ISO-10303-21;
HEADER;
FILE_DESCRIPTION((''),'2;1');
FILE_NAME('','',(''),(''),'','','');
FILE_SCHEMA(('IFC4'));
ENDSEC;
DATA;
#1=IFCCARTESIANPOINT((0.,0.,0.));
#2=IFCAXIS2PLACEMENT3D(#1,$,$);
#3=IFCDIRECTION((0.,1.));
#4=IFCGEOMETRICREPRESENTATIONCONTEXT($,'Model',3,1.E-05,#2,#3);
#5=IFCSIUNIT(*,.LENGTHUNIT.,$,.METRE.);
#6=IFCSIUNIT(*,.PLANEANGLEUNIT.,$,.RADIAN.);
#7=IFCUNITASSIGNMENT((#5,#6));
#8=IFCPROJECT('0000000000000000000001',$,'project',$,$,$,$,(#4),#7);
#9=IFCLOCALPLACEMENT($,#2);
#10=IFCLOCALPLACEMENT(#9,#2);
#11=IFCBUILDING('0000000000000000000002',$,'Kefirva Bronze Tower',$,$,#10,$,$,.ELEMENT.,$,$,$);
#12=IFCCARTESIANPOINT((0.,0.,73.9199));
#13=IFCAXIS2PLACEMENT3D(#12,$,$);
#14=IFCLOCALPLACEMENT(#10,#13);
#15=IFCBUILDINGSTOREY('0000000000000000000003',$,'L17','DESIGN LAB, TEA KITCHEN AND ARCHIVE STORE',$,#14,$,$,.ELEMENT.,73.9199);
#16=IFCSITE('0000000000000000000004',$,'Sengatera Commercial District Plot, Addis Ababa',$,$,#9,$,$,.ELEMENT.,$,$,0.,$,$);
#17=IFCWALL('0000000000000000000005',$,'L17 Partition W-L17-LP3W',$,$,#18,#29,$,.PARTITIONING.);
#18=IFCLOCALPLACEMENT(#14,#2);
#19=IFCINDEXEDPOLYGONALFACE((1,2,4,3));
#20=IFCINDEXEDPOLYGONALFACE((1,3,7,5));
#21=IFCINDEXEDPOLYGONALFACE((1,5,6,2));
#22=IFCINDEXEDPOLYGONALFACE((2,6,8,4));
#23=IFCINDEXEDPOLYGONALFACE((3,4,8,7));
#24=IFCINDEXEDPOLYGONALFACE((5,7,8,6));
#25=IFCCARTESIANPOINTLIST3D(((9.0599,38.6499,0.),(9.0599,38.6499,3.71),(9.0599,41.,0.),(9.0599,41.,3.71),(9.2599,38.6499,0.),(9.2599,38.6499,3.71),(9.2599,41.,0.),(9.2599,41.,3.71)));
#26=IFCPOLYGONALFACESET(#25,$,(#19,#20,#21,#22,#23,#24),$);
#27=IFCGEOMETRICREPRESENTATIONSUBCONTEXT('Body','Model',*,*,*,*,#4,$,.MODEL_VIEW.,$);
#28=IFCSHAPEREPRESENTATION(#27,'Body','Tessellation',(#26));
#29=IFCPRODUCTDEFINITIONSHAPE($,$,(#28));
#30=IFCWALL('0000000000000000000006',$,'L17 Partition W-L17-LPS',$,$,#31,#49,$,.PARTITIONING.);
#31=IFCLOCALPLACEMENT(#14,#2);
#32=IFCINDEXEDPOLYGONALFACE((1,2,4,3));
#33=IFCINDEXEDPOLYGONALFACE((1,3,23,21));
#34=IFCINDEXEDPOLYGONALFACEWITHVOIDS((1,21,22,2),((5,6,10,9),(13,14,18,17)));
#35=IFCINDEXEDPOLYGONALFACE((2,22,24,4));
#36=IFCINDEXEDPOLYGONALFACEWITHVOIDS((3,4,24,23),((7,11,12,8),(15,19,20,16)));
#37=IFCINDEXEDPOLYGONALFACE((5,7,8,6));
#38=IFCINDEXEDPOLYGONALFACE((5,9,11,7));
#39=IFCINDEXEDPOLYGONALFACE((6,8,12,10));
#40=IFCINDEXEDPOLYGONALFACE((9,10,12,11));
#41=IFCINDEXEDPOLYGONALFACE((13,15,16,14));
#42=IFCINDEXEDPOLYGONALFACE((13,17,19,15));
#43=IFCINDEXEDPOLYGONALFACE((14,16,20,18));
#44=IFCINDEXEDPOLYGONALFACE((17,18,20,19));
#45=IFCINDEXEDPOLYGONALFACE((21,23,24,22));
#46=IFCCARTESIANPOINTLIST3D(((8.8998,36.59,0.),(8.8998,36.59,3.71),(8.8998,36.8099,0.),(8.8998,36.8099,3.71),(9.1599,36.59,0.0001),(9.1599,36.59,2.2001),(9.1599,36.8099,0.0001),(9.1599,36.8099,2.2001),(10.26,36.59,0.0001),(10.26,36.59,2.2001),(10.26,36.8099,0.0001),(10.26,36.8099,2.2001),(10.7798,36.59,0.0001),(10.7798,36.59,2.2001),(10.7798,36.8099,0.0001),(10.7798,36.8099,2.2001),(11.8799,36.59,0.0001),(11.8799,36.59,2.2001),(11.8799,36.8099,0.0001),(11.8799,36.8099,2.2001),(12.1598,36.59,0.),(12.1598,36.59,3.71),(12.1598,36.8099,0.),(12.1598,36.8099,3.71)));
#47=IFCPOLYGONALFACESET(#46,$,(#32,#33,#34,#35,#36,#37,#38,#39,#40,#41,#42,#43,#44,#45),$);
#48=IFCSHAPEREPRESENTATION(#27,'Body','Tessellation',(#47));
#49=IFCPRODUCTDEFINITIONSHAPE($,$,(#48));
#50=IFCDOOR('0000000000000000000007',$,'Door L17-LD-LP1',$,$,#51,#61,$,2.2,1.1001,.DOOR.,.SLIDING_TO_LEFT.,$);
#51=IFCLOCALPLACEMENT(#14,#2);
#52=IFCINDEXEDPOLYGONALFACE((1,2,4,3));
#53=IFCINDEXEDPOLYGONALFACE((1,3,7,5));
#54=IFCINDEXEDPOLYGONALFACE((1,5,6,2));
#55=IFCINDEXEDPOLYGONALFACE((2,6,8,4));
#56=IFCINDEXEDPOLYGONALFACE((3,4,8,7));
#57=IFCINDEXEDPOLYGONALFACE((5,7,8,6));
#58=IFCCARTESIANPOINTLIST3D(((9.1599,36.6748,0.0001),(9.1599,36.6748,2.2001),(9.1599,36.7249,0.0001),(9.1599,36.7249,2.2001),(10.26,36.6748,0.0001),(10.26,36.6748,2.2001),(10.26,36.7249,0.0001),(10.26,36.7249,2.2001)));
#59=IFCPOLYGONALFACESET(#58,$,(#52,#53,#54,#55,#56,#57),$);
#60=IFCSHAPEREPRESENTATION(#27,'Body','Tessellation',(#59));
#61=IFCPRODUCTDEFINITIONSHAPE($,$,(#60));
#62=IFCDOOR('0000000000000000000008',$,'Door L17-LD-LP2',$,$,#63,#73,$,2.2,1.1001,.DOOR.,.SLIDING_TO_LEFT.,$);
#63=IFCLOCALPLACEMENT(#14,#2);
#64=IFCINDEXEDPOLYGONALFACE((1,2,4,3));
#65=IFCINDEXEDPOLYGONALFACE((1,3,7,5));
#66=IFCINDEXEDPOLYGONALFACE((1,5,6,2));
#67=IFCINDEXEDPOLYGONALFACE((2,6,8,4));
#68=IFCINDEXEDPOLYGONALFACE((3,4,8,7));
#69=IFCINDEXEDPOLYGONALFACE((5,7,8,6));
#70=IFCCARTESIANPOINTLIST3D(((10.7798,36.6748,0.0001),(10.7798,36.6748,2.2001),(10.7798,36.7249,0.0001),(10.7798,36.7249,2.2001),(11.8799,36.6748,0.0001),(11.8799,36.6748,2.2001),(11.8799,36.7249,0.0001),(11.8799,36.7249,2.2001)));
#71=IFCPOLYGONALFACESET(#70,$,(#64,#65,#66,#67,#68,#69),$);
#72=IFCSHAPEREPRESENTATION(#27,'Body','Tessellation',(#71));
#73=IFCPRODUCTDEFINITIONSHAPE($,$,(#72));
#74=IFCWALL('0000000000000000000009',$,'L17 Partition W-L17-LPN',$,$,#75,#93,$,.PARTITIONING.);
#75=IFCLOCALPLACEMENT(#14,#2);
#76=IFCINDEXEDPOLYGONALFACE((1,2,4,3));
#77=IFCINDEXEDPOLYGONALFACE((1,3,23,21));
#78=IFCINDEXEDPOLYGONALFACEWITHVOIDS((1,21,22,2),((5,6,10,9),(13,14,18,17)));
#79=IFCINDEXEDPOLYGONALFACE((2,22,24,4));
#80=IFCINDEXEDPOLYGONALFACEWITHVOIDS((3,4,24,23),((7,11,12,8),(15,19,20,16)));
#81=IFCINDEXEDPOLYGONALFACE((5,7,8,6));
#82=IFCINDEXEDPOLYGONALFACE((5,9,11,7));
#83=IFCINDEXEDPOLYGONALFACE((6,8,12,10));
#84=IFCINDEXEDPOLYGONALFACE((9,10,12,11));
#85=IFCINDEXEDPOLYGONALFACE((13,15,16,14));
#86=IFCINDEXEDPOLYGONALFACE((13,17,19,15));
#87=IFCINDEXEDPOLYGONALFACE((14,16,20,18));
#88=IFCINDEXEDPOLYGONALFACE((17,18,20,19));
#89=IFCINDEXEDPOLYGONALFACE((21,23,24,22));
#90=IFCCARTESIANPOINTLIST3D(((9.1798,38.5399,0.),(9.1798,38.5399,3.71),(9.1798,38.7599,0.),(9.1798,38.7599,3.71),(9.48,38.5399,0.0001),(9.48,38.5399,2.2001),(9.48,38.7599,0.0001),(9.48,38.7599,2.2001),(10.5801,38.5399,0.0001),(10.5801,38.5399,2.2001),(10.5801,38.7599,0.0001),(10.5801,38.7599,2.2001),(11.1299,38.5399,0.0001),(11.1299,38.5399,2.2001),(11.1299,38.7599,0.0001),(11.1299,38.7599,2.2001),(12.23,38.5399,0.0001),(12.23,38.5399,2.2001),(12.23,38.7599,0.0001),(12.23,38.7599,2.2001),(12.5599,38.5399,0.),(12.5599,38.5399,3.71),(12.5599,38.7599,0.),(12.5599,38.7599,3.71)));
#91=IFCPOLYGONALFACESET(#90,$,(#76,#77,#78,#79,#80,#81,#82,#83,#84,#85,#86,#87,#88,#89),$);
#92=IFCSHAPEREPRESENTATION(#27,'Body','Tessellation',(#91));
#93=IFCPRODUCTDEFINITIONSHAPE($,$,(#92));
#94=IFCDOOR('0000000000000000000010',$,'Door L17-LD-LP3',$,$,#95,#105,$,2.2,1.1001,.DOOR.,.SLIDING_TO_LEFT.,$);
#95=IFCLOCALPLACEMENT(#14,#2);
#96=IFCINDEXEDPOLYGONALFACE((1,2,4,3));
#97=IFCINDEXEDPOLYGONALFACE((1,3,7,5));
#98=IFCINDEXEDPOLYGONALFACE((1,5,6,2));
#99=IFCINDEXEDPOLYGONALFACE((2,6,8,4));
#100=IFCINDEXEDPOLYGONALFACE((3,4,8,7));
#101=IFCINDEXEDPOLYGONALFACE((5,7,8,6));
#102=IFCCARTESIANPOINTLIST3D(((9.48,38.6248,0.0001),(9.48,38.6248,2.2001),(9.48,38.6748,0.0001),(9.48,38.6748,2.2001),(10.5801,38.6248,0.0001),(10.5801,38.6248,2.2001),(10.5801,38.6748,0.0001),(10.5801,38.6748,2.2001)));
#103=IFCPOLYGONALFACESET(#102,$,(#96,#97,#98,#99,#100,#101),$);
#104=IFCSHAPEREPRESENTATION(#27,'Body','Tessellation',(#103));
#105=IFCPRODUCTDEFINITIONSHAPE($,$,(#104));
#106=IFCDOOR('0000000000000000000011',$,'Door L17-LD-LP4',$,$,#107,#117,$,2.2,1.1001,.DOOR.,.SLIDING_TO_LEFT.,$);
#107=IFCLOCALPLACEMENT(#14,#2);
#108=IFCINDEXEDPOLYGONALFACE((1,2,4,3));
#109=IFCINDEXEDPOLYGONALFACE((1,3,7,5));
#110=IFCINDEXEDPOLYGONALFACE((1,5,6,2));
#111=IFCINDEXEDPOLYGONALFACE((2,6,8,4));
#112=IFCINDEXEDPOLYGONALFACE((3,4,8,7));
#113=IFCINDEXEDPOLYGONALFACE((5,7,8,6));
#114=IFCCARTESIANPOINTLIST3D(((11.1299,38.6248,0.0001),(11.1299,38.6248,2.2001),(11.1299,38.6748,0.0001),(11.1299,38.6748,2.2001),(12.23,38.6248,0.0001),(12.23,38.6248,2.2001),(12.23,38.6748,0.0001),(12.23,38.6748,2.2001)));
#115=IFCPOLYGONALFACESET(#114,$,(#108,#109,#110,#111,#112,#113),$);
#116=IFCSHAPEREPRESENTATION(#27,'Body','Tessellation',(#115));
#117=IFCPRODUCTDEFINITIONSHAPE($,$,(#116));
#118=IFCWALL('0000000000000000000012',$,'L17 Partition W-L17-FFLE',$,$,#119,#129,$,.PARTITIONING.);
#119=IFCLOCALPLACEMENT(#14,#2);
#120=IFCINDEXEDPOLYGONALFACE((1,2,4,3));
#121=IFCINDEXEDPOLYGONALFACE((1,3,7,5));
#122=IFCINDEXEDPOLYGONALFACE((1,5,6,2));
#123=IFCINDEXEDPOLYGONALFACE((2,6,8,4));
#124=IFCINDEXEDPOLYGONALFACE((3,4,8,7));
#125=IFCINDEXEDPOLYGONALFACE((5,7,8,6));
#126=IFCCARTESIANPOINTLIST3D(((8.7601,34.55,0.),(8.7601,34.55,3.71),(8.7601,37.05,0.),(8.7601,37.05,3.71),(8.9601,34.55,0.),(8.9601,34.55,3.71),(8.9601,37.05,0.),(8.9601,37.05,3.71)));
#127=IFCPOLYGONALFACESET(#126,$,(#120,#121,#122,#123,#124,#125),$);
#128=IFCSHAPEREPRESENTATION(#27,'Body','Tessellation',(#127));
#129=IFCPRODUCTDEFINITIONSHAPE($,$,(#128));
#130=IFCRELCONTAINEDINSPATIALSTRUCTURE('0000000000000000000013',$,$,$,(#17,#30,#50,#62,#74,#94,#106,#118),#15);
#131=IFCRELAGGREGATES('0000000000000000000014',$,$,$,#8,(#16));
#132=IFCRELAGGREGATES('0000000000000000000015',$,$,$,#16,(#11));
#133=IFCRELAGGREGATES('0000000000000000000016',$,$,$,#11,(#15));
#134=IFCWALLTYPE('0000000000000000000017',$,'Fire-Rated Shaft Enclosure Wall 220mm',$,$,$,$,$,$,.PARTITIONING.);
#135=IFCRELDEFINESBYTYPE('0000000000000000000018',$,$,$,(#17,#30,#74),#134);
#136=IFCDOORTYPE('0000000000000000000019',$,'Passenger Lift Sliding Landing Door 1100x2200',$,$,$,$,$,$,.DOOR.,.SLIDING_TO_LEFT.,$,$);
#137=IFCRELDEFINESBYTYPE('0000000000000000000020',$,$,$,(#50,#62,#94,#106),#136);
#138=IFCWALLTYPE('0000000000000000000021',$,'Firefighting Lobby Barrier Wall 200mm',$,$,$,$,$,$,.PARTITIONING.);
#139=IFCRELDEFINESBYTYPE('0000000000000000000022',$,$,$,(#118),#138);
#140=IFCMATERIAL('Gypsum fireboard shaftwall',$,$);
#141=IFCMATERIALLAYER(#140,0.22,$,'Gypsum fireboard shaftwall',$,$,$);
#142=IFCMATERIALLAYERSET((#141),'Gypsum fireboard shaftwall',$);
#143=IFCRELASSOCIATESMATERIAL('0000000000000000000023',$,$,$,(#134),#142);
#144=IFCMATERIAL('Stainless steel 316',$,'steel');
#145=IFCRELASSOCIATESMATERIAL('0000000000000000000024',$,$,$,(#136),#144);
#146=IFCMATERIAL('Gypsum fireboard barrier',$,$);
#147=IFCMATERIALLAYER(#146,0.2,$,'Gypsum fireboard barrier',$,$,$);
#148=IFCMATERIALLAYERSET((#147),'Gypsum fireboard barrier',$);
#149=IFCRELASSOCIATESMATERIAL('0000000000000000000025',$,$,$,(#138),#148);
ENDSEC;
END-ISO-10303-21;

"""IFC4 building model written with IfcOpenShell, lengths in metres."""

from ifc_helpers import new_model, si_unit, direction, frame, frame_2d, origin, place, context, subcontext, project, spatial, rectangle, extrude, material, layer, layer_set, type_object, element, fill, save


model = new_model("IFC4")

# Units and contexts
model_context = context("Model", 3, precision=1e-05, world=origin(), true_north=direction((0.0, 1.0)))
body_context = subcontext(model_context, "Body", "Model", "MODEL_VIEW")
ifc_project = project(units=[si_unit("LENGTHUNIT", "METRE"), si_unit("PLANEANGLEUNIT", "RADIAN")], contexts=[model_context])

# Site, building, storey
site_placement = place(None, origin())
site = spatial("IfcSite", under=ifc_project, at=site_placement, Name="Sengatera Commercial District Plot, Addis Ababa", CompositionType="ELEMENT", RefElevation=0.0)
building_placement = place(site_placement, origin())
building = spatial("IfcBuilding", under=site, at=building_placement, Name="Kefirva Bronze Tower", CompositionType="ELEMENT")
storey_placement = place(building_placement, frame((0.0, 0.0, 73.9199)))
storey = spatial("IfcBuildingStorey", under=building, at=storey_placement, Name="L17", Description="DESIGN LAB, TEA KITCHEN AND ARCHIVE STORE", CompositionType="ELEMENT", Elevation=73.9199)

# Shared definitions
ifc_material_1 = material(Name="Gypsum fireboard shaftwall")
ifc_layer_1 = layer(ifc_material_1, 0.22, Name="Gypsum fireboard shaftwall")
ifc_layer_set_1 = layer_set([ifc_layer_1], Name="Gypsum fireboard shaftwall")
wall_type_1 = type_object("IfcWallType", Name="Fire-Rated Shaft Enclosure Wall 220mm", PredefinedType="PARTITIONING", material=ifc_layer_set_1)
ifc_material_2 = material(Name="Stainless steel 316", Category="steel")

# Wall
wall_1_placement = place(storey_placement, frame((9.1599, 38.6499, 0.0), z_axis=(0.0, 0.0, 1.0), x_axis=(0.0, 1.0, 0.0)))
element("IfcWall", 1, at=wall_1_placement, inside=storey, type_object=wall_type_1, Name="L17 Partition W-L17-LP3W", PredefinedType="PARTITIONING", context=body_context, shape_type="SweptSolid", body=[
    extrude(rectangle(XDim=2.3501, YDim=0.2, at=frame_2d((1.175, 0.0))), origin(), (0.0, 0.0, 1.0), 3.71),
])

# Walls, openings, doors
wall_2_placement = place(storey_placement, frame((8.8999, 36.7, 0.0), z_axis=(0.0, 0.0, 1.0), x_axis=(1.0, 0.0, 0.0)))
wall_2 = element("IfcWall", 2, at=wall_2_placement, inside=storey, type_object=wall_type_1, Name="L17 Partition W-L17-LPS", PredefinedType="PARTITIONING", context=body_context, shape_type="SweptSolid", body=[
    extrude(rectangle(XDim=3.26, YDim=0.22, at=frame_2d((1.6299, 0.0))), origin(), (0.0, 0.0, 1.0), 3.71),
])
opening_1_placement = place(wall_2_placement, frame((0.26, 0.0, 0.0)))
opening_1 = element("IfcOpeningElement", 3, at=opening_1_placement, cuts=wall_2, PredefinedType="OPENING", context=body_context, shape_type="SweptSolid", body=[
    extrude(rectangle(XDim=1.1001, YDim=2.2, at=frame_2d((0.55, 1.1001))), frame((0.0, 0.1201, 0.0), z_axis=(0.0, -1.0, 0.0), x_axis=(1.0, 0.0, 0.0)), (0.0, 0.0, 1.0), 0.24),
])
opening_2_placement = place(wall_2_placement, frame((1.8799, 0.0, 0.0)))
opening_2 = element("IfcOpeningElement", 4, at=opening_2_placement, cuts=wall_2, PredefinedType="OPENING", context=body_context, shape_type="SweptSolid", body=[
    extrude(rectangle(XDim=1.1001, YDim=2.2, at=frame_2d((0.55, 1.1001))), frame((0.0, 0.1201, 0.0), z_axis=(0.0, -1.0, 0.0), x_axis=(1.0, 0.0, 0.0)), (0.0, 0.0, 1.0), 0.24),
])
door_type_1 = type_object("IfcDoorType", Name="Passenger Lift Sliding Landing Door 1100x2200", OperationType="SLIDING_TO_LEFT", PredefinedType="DOOR", material=ifc_material_2)
door_1_placement = place(opening_1_placement, origin())
door_1 = element("IfcDoor", 5, at=door_1_placement, inside=storey, type_object=door_type_1, Name="Door L17-LD-LP1", OperationType="SLIDING_TO_LEFT", OverallHeight=2.2, OverallWidth=1.1001, PredefinedType="DOOR", context=body_context, shape_type="SweptSolid", body=[
    extrude(rectangle(XDim=1.1001, YDim=2.2, at=frame_2d((0.55, 1.1001))), frame((0.0, 0.0249, 0.0), z_axis=(0.0, -1.0, 0.0), x_axis=(1.0, 0.0, 0.0)), (0.0, 0.0, 1.0), 0.05),
])
fill(opening_1, door_1)
door_2_placement = place(opening_2_placement, origin())
door_2 = element("IfcDoor", 6, at=door_2_placement, inside=storey, type_object=door_type_1, Name="Door L17-LD-LP2", OperationType="SLIDING_TO_LEFT", OverallHeight=2.2, OverallWidth=1.1001, PredefinedType="DOOR", context=body_context, shape_type="SweptSolid", body=[
    extrude(rectangle(XDim=1.1001, YDim=2.2, at=frame_2d((0.55, 1.1001))), frame((0.0, 0.0249, 0.0), z_axis=(0.0, -1.0, 0.0), x_axis=(1.0, 0.0, 0.0)), (0.0, 0.0, 1.0), 0.05),
])
fill(opening_2, door_2)
wall_3_placement = place(storey_placement, frame((9.1799, 38.6499, 0.0), z_axis=(0.0, 0.0, 1.0), x_axis=(1.0, 0.0, 0.0)))
wall_3 = element("IfcWall", 7, at=wall_3_placement, inside=storey, type_object=wall_type_1, Name="L17 Partition W-L17-LPN", PredefinedType="PARTITIONING", context=body_context, shape_type="SweptSolid", body=[
    extrude(rectangle(XDim=3.3801, YDim=0.22, at=frame_2d((1.6899, 0.0))), origin(), (0.0, 0.0, 1.0), 3.71),
])
opening_3_placement = place(wall_3_placement, frame((0.3, 0.0, 0.0)))
opening_3 = element("IfcOpeningElement", 8, at=opening_3_placement, cuts=wall_3, PredefinedType="OPENING", context=body_context, shape_type="SweptSolid", body=[
    extrude(rectangle(XDim=1.1001, YDim=2.2, at=frame_2d((0.55, 1.1001))), frame((0.0, 0.1201, 0.0), z_axis=(0.0, -1.0, 0.0), x_axis=(1.0, 0.0, 0.0)), (0.0, 0.0, 1.0), 0.24),
])
opening_4_placement = place(wall_3_placement, frame((1.95, 0.0, 0.0)))
opening_4 = element("IfcOpeningElement", 9, at=opening_4_placement, cuts=wall_3, PredefinedType="OPENING", context=body_context, shape_type="SweptSolid", body=[
    extrude(rectangle(XDim=1.1001, YDim=2.2, at=frame_2d((0.55, 1.1001))), frame((0.0, 0.1201, 0.0), z_axis=(0.0, -1.0, 0.0), x_axis=(1.0, 0.0, 0.0)), (0.0, 0.0, 1.0), 0.24),
])
door_3_placement = place(opening_3_placement, origin())
door_3 = element("IfcDoor", 10, at=door_3_placement, inside=storey, type_object=door_type_1, Name="Door L17-LD-LP3", OperationType="SLIDING_TO_LEFT", OverallHeight=2.2, OverallWidth=1.1001, PredefinedType="DOOR", context=body_context, shape_type="SweptSolid", body=[
    extrude(rectangle(XDim=1.1001, YDim=2.2, at=frame_2d((0.55, 1.1001))), frame((0.0, 0.0249, 0.0), z_axis=(0.0, -1.0, 0.0), x_axis=(1.0, 0.0, 0.0)), (0.0, 0.0, 1.0), 0.05),
])
fill(opening_3, door_3)
door_4_placement = place(opening_4_placement, origin())
door_4 = element("IfcDoor", 11, at=door_4_placement, inside=storey, type_object=door_type_1, Name="Door L17-LD-LP4", OperationType="SLIDING_TO_LEFT", OverallHeight=2.2, OverallWidth=1.1001, PredefinedType="DOOR", context=body_context, shape_type="SweptSolid", body=[
    extrude(rectangle(XDim=1.1001, YDim=2.2, at=frame_2d((0.55, 1.1001))), frame((0.0, 0.0249, 0.0), z_axis=(0.0, -1.0, 0.0), x_axis=(1.0, 0.0, 0.0)), (0.0, 0.0, 1.0), 0.05),
])
fill(opening_4, door_4)

# Wall
ifc_material_3 = material(Name="Gypsum fireboard barrier")
ifc_layer_2 = layer(ifc_material_3, 0.2, Name="Gypsum fireboard barrier")
ifc_layer_set_2 = layer_set([ifc_layer_2], Name="Gypsum fireboard barrier")
wall_type_2 = type_object("IfcWallType", Name="Firefighting Lobby Barrier Wall 200mm", PredefinedType="PARTITIONING", material=ifc_layer_set_2)
wall_4_placement = place(storey_placement, frame((8.8601, 34.55, 0.0), z_axis=(0.0, 0.0, 1.0), x_axis=(0.0, 1.0, 0.0)))
element("IfcWall", 12, at=wall_4_placement, inside=storey, type_object=wall_type_2, Name="L17 Partition W-L17-FFLE", PredefinedType="PARTITIONING", context=body_context, shape_type="SweptSolid", body=[
    extrude(rectangle(XDim=2.5, YDim=0.2, at=frame_2d((1.25, 0.0))), origin(), (0.0, 0.0, 1.0), 3.71),
])

save(model, "model.ifc")
